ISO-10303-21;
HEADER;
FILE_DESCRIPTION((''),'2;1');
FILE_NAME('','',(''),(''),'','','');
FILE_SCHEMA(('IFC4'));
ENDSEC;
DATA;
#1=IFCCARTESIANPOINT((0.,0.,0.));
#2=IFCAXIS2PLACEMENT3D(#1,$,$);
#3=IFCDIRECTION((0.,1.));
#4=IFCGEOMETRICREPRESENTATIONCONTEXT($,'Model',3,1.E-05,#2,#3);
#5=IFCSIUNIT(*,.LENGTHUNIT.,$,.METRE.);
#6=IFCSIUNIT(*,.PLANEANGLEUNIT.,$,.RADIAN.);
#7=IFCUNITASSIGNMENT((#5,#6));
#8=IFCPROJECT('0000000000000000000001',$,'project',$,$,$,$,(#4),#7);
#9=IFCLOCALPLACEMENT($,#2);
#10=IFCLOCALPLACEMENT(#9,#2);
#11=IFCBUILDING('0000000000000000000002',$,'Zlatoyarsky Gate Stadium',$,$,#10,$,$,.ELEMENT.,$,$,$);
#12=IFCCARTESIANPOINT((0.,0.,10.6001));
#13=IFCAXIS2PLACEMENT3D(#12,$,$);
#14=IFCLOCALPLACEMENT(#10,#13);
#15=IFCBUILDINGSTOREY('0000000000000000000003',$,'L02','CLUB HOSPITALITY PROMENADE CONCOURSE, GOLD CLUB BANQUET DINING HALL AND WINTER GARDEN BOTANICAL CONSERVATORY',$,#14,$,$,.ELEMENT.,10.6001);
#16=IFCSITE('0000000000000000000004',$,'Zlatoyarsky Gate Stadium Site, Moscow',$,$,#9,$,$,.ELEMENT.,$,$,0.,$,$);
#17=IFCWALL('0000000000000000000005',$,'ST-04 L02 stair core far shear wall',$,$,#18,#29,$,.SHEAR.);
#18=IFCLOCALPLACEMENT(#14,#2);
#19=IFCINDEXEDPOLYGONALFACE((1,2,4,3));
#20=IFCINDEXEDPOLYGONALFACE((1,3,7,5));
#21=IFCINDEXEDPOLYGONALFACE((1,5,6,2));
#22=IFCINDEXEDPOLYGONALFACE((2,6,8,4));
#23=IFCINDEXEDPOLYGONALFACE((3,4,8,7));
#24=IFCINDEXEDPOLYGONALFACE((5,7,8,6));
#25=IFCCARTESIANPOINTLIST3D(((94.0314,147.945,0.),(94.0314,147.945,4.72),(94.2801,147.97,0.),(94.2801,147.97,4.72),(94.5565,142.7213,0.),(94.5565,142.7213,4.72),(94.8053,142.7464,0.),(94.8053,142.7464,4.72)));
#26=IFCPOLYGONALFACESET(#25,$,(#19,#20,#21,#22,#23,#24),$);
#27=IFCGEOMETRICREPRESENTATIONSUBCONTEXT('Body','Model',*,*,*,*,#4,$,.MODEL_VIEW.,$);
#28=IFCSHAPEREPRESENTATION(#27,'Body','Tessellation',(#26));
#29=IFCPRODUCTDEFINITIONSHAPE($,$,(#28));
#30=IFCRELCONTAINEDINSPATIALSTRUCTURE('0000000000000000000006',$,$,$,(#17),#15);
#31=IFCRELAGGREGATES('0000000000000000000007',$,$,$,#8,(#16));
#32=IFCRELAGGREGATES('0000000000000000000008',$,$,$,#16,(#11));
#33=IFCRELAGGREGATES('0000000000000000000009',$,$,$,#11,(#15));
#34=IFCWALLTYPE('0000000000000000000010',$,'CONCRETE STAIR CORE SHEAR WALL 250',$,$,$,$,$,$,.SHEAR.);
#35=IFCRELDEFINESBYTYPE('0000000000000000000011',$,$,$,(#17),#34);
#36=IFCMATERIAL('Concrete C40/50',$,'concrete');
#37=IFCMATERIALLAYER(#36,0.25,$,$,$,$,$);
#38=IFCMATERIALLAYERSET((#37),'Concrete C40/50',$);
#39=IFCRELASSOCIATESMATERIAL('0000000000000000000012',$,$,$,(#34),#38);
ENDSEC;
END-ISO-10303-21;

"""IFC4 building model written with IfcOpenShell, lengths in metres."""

from ifc_helpers import new_model, si_unit, direction, frame, frame_2d, origin, place, context, subcontext, project, spatial, rectangle, extrude, material, layer, layer_set, type_object, element, save


model = new_model("IFC4")

# Units and contexts
model_context = context("Model", 3, precision=1e-05, world=origin(), true_north=direction((0.0, 1.0)))
body_context = subcontext(model_context, "Body", "Model", "MODEL_VIEW")
ifc_project = project(units=[si_unit("LENGTHUNIT", "METRE"), si_unit("PLANEANGLEUNIT", "RADIAN")], contexts=[model_context])

# Site, building, storey
site_placement = place(None, origin())
site = spatial("IfcSite", under=ifc_project, at=site_placement, Name="Zlatoyarsky Gate Stadium Site, Moscow", CompositionType="ELEMENT", RefElevation=0.0)
building_placement = place(site_placement, origin())
building = spatial("IfcBuilding", under=site, at=building_placement, Name="Zlatoyarsky Gate Stadium", CompositionType="ELEMENT")
storey_placement = place(building_placement, frame((0.0, 0.0, 10.6001)))
storey = spatial("IfcBuildingStorey", under=building, at=storey_placement, Name="L02", Description="CLUB HOSPITALITY PROMENADE CONCOURSE, GOLD CLUB BANQUET DINING HALL AND WINTER GARDEN BOTANICAL CONSERVATORY", CompositionType="ELEMENT", Elevation=10.6001)

# Wall
ifc_material_1 = material(Name="Concrete C40/50", Category="concrete")
ifc_layer_1 = layer(ifc_material_1, 0.25)
ifc_layer_set_1 = layer_set([ifc_layer_1], Name="Concrete C40/50")
wall_type = type_object("IfcWallType", Name="CONCRETE STAIR CORE SHEAR WALL 250", PredefinedType="SHEAR", material=ifc_layer_set_1)
wall_placement = place(storey_placement, frame((94.1558, 147.9575, 0.0), z_axis=(0.0, 0.0, 1.0), x_axis=(0.100029, -0.994985, 0.0)))
element("IfcWall", 1, at=wall_placement, inside=storey, type_object=wall_type, Name="ST-04 L02 stair core far shear wall", PredefinedType="SHEAR", context=body_context, shape_type="SweptSolid", body=[
    extrude(rectangle(XDim=5.25, YDim=0.25, at=frame_2d((2.625, 0.0))), origin(), (0.0, 0.0, 1.0), 4.72),
])

save(model, "model.ifc")
